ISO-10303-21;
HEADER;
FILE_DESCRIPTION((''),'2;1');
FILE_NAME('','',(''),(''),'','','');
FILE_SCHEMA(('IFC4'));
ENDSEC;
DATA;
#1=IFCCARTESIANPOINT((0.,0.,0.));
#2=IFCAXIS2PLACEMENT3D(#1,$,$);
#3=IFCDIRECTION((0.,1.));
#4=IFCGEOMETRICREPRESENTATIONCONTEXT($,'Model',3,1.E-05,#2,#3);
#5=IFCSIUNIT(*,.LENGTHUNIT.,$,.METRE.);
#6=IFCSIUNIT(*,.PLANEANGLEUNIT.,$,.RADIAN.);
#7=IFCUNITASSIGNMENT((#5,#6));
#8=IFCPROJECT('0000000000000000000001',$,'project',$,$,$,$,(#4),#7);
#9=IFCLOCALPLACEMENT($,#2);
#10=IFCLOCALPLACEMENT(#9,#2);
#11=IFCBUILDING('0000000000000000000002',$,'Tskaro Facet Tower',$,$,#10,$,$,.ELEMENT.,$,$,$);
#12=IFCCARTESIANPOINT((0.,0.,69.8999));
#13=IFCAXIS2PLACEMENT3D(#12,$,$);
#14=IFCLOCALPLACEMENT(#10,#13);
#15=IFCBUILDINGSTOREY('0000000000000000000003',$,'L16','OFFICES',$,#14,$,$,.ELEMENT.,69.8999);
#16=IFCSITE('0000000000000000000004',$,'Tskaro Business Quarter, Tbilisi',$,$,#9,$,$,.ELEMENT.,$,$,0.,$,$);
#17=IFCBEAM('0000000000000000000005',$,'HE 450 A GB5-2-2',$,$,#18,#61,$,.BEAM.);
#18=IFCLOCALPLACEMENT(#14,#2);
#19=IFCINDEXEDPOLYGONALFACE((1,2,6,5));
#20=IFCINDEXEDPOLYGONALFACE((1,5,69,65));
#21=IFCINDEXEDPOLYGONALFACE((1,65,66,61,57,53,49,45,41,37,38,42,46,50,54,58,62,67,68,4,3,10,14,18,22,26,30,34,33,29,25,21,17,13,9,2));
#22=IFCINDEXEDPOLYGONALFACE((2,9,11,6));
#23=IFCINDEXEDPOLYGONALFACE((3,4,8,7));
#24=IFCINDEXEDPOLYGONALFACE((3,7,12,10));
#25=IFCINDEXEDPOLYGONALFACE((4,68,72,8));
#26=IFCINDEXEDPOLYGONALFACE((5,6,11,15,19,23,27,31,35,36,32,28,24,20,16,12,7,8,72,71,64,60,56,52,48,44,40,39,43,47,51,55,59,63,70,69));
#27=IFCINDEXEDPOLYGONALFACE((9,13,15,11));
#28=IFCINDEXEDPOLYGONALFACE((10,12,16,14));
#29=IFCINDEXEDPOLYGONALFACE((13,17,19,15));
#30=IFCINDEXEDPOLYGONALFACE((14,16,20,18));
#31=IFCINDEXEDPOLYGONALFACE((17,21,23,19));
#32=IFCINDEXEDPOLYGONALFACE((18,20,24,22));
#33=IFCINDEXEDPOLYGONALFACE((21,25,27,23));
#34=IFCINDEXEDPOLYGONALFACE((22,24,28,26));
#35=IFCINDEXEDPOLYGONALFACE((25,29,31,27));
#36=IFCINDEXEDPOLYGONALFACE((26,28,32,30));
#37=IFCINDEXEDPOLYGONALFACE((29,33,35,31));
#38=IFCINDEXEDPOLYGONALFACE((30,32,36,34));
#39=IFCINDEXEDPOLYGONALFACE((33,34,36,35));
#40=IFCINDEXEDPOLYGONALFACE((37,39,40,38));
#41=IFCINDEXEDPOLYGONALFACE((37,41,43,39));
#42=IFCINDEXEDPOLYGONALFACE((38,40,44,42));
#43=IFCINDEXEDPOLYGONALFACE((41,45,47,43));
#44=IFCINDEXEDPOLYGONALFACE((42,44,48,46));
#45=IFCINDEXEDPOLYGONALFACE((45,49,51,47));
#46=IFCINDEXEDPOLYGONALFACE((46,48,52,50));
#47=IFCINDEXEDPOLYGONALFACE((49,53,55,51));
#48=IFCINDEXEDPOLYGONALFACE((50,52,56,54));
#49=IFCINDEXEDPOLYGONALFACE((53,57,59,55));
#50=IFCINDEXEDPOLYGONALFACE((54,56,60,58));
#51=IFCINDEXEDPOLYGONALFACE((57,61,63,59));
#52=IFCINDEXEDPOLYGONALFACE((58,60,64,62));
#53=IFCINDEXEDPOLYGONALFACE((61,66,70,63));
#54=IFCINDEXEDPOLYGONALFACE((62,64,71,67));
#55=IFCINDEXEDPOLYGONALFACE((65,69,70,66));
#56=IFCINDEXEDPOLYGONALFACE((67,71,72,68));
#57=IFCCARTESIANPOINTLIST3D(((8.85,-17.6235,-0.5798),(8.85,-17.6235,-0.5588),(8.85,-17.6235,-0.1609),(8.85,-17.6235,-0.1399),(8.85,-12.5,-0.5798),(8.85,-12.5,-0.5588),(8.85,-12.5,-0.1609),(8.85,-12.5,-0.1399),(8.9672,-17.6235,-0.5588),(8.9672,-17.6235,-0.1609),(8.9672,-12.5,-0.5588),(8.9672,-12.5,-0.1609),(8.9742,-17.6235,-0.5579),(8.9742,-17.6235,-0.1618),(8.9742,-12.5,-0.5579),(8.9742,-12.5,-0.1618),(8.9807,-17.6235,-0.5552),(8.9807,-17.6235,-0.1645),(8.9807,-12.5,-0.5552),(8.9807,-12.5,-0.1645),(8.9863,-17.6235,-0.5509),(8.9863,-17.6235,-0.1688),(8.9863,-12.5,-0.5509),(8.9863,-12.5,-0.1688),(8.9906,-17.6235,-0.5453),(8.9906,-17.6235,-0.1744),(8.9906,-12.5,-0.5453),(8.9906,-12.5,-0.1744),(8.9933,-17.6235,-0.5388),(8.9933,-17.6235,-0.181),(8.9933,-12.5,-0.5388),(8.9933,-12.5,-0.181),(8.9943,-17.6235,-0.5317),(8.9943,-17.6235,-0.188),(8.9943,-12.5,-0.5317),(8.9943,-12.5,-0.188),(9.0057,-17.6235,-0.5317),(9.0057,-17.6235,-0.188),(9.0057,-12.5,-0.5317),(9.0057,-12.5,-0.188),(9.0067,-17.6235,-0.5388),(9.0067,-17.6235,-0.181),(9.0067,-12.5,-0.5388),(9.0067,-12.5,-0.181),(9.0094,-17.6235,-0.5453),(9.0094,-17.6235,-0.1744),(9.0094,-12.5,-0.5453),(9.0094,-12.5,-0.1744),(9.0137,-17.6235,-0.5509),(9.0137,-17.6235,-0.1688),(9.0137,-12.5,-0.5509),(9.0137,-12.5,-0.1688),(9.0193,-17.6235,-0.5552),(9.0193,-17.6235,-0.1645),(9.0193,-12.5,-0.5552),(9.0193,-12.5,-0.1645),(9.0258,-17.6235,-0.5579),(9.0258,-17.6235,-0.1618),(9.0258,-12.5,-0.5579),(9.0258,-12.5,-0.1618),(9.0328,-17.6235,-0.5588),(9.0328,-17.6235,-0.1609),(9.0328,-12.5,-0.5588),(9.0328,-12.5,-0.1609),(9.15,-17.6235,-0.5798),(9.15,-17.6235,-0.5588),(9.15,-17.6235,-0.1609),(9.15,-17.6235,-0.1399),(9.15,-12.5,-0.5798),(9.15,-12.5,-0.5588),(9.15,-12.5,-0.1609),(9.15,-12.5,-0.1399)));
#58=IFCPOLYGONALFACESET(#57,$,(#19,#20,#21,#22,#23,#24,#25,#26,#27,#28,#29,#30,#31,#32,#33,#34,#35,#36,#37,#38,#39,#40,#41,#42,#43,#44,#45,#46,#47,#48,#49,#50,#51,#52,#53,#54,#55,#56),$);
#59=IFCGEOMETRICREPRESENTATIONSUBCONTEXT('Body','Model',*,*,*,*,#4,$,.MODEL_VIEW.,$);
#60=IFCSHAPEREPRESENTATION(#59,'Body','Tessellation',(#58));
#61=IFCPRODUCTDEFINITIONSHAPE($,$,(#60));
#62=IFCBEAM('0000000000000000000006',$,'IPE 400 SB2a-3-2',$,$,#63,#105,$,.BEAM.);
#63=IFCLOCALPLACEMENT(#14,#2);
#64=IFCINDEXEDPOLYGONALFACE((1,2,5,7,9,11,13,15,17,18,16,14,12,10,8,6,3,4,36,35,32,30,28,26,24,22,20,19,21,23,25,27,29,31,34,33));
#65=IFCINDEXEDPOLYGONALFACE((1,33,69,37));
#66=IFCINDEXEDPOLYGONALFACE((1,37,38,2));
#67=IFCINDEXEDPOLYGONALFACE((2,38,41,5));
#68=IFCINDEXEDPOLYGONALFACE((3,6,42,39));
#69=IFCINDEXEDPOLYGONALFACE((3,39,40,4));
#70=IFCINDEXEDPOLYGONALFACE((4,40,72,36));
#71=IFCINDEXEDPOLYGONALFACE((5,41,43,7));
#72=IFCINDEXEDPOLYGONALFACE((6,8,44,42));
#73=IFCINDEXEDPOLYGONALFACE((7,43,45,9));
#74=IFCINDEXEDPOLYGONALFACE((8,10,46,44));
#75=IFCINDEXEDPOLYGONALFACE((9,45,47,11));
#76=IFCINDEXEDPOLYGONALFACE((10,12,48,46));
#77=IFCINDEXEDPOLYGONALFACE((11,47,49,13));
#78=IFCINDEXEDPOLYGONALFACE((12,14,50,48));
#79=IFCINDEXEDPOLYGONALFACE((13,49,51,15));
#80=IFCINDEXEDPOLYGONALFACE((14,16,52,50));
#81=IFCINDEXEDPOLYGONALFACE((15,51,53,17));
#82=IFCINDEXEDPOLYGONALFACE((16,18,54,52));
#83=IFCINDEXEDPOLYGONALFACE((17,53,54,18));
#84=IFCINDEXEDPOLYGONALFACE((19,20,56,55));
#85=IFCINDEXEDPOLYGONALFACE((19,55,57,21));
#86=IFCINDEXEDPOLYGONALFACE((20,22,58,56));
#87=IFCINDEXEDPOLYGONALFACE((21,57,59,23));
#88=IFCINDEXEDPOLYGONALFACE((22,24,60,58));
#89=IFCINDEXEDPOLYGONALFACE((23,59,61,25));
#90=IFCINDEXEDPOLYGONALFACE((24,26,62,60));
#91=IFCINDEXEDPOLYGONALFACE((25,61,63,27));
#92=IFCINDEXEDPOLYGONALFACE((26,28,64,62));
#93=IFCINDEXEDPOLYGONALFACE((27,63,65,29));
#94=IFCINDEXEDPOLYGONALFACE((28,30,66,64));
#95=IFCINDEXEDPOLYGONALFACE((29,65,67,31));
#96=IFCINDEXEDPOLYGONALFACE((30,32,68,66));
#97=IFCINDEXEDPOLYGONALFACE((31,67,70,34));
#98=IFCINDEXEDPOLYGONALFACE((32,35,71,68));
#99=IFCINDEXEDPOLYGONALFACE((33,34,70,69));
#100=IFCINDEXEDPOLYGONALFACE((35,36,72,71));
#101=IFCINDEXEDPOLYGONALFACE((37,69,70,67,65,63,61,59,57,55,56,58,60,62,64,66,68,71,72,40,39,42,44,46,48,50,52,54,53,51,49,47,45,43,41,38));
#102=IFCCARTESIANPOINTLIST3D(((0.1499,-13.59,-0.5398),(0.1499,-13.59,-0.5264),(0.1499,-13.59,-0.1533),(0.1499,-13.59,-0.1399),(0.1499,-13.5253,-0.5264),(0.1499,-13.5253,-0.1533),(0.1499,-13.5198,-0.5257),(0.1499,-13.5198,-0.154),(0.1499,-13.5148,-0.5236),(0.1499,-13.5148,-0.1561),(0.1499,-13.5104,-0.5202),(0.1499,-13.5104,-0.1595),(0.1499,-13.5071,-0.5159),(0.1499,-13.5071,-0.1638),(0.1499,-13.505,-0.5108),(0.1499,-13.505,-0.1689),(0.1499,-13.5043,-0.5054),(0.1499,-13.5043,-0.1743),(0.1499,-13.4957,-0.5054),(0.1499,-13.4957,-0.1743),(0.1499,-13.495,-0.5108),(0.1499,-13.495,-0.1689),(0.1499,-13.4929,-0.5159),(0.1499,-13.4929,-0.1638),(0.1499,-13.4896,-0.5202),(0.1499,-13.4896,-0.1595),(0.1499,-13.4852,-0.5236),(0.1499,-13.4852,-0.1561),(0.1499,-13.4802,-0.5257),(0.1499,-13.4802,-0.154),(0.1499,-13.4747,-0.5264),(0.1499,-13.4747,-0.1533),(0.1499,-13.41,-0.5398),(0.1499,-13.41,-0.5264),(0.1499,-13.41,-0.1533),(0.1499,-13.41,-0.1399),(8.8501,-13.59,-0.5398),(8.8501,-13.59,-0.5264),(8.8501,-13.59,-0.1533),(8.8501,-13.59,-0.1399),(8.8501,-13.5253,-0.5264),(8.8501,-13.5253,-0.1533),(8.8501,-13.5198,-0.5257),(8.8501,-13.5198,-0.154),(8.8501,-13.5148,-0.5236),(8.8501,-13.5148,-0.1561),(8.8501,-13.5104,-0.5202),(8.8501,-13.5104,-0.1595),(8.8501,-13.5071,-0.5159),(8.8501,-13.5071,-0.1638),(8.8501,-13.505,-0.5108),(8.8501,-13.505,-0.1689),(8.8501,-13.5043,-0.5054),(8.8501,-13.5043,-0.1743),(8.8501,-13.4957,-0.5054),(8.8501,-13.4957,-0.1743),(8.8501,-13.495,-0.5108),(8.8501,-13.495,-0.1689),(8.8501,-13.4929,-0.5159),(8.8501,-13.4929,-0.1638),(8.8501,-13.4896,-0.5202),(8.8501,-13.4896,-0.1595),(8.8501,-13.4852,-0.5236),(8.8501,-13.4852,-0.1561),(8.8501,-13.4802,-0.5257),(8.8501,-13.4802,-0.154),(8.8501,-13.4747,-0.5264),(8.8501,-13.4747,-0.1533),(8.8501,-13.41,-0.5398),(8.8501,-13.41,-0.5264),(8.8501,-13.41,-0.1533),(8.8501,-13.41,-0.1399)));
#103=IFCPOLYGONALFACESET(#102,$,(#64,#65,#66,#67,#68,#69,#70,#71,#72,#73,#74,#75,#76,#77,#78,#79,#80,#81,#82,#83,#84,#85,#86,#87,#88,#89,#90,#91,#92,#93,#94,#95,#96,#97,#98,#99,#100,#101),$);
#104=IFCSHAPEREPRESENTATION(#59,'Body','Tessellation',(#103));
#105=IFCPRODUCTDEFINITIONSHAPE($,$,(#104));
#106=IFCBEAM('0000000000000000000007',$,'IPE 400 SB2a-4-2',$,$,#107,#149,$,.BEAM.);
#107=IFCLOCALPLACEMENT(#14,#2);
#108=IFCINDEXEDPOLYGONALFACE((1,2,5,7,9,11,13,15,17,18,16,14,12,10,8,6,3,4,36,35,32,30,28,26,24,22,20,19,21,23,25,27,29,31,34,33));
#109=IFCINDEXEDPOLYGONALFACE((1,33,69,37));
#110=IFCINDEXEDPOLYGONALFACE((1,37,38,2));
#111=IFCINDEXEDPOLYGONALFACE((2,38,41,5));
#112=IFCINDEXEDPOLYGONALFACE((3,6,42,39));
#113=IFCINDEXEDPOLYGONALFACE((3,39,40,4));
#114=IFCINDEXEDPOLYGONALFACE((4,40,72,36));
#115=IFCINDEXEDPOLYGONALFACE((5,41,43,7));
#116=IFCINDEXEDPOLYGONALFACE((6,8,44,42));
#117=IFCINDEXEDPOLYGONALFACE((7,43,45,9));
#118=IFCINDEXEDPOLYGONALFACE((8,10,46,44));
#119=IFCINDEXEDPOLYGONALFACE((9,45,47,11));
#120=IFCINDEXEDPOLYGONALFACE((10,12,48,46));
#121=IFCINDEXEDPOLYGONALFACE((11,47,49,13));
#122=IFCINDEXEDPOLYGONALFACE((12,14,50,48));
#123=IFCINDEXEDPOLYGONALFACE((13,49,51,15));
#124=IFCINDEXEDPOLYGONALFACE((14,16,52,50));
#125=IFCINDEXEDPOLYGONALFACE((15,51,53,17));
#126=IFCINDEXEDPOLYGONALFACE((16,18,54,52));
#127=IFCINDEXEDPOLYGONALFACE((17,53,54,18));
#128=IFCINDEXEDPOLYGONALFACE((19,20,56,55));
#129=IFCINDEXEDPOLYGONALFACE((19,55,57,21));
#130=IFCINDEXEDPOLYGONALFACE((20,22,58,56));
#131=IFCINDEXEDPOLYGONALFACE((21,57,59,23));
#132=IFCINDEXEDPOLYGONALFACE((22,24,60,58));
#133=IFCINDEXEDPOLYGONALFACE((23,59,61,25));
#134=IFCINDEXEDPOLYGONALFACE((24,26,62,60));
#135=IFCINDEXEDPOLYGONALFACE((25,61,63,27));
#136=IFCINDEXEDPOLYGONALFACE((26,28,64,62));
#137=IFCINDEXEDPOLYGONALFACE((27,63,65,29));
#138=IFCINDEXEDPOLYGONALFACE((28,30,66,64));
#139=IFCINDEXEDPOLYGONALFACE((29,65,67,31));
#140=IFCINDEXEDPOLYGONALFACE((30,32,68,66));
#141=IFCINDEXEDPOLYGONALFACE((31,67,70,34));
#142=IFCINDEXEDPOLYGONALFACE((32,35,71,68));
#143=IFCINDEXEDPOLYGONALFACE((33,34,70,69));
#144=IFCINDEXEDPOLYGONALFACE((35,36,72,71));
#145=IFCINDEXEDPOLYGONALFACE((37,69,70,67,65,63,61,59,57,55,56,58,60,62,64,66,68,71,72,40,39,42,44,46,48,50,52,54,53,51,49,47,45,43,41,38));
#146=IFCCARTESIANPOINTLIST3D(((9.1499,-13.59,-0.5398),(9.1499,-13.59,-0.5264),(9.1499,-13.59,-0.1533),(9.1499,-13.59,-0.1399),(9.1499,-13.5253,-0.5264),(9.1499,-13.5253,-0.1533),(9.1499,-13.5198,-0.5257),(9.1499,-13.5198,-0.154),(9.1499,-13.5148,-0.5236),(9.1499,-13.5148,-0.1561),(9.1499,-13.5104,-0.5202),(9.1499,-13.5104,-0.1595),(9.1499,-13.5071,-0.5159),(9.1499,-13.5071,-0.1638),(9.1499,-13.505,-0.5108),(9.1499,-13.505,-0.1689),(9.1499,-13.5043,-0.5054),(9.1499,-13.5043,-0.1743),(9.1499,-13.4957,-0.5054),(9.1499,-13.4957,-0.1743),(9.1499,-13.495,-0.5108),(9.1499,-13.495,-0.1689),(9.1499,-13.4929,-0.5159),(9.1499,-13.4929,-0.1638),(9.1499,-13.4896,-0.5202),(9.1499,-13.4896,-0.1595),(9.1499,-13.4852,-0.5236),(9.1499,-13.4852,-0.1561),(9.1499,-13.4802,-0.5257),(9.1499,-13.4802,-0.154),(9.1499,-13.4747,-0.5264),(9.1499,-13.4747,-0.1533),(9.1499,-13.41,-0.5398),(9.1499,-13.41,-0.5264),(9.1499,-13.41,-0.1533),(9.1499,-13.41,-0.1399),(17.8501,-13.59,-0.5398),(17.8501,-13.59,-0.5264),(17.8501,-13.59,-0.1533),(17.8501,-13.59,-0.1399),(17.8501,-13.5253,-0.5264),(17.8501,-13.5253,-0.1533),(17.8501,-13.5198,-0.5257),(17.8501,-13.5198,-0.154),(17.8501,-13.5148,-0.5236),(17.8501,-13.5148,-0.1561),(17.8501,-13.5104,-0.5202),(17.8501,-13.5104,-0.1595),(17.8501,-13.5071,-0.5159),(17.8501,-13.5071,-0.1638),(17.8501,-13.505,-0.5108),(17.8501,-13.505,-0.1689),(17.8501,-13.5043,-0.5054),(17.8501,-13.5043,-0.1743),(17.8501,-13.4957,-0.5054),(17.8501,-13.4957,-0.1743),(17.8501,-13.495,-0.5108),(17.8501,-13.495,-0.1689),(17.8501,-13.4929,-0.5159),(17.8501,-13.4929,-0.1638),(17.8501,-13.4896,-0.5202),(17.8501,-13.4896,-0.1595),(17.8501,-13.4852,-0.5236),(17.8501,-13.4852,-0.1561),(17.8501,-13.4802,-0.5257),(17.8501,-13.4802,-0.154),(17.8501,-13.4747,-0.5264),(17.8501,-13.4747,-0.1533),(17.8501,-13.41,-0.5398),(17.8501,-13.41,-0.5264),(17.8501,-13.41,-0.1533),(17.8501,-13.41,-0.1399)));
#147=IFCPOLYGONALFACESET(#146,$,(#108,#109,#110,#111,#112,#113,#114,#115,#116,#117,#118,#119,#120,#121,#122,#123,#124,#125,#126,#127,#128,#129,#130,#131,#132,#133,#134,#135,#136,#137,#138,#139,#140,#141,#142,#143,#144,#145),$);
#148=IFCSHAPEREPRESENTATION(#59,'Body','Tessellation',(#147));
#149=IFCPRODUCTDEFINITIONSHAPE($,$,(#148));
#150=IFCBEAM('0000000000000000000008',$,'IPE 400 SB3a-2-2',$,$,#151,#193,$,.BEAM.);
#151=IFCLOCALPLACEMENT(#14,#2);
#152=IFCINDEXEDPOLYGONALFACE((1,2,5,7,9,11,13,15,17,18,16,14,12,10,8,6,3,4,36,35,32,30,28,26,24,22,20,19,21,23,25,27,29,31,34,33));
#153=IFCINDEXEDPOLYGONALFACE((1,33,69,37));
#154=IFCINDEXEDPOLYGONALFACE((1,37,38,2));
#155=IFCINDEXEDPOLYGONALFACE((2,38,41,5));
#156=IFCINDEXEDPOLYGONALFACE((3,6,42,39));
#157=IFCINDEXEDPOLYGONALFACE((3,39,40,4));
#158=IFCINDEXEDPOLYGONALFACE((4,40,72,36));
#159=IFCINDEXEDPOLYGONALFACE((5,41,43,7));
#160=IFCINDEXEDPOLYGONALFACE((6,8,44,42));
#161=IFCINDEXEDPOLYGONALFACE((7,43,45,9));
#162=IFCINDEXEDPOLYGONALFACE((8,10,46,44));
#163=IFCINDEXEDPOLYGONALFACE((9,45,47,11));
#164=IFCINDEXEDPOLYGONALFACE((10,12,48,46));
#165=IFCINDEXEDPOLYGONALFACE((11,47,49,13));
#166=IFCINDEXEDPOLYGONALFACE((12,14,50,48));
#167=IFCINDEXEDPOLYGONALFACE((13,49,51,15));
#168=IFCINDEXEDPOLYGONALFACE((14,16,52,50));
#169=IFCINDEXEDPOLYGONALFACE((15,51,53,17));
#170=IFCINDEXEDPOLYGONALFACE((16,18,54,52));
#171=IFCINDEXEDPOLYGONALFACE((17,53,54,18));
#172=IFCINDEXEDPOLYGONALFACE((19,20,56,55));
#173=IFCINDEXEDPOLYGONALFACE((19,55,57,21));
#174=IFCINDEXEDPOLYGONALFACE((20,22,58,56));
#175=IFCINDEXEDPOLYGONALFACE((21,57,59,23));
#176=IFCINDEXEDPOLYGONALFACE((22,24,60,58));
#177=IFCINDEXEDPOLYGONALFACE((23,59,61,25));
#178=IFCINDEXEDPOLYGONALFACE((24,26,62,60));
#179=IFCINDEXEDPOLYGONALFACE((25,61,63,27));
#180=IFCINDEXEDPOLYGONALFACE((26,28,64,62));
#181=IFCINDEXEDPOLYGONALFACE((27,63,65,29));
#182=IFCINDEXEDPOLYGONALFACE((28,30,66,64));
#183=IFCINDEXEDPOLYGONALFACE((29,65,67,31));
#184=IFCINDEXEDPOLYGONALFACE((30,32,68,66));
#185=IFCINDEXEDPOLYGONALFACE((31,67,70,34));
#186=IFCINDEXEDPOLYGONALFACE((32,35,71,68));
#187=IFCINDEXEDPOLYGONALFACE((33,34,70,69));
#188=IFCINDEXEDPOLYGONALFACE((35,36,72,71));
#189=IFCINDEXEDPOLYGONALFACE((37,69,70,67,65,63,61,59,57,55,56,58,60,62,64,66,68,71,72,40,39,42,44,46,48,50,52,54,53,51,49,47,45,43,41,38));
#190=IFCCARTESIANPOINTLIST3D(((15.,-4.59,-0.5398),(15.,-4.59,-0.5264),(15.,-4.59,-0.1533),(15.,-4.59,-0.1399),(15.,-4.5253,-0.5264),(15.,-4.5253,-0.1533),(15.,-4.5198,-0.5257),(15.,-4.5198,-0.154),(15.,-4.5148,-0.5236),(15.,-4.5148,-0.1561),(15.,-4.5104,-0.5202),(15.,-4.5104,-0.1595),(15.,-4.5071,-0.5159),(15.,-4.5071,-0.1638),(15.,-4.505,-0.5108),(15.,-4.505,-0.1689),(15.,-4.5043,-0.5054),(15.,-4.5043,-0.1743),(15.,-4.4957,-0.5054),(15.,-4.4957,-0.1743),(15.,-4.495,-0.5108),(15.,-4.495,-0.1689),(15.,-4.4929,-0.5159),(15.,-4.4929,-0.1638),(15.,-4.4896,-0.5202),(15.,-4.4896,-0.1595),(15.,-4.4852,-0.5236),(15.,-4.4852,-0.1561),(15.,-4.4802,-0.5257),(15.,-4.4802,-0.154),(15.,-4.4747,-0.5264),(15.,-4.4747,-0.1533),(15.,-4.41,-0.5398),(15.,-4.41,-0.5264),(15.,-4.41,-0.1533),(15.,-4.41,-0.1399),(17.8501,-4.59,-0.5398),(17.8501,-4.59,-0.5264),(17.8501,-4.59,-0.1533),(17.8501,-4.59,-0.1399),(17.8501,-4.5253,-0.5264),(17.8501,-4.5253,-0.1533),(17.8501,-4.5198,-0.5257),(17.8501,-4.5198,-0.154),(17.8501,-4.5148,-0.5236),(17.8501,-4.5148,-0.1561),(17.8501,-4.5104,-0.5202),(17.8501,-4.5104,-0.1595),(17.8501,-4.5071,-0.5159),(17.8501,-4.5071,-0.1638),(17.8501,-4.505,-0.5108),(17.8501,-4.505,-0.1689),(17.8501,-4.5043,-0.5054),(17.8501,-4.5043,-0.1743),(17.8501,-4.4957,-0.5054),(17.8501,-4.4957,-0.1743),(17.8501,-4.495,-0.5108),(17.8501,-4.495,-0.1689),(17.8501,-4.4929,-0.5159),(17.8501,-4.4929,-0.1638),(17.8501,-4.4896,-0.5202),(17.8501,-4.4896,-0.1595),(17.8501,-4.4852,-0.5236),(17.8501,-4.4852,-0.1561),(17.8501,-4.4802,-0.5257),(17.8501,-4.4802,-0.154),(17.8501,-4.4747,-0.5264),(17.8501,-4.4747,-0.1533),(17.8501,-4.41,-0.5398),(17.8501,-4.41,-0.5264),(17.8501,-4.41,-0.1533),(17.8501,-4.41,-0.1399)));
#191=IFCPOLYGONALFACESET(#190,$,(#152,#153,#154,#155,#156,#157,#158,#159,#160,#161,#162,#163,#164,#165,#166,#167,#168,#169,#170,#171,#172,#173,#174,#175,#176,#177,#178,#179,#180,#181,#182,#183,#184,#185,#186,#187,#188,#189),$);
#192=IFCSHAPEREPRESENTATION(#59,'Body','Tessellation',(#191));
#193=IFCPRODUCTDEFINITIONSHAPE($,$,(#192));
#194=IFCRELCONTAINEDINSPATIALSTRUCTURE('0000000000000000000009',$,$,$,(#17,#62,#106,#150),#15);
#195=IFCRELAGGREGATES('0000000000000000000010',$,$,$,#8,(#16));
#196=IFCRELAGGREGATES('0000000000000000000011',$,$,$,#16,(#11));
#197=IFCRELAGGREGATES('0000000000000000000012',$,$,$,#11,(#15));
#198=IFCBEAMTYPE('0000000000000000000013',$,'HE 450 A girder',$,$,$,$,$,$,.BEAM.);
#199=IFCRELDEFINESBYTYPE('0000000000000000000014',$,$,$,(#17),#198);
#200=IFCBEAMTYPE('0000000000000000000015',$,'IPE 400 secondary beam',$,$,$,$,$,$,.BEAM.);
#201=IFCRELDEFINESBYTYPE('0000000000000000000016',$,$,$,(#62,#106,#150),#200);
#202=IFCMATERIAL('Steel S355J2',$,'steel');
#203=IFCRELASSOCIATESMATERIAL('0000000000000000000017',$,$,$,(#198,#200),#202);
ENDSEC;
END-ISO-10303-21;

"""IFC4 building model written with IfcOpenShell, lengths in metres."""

from ifc_helpers import new_model, si_unit, direction, frame, origin, origin_2d, place, context, subcontext, project, spatial, i_section, extrude, material, material_profile, profile_set, type_object, element, save


model = new_model("IFC4")

# Units and contexts
model_context = context("Model", 3, precision=1e-05, world=origin(), true_north=direction((0.0, 1.0)))
body_context = subcontext(model_context, "Body", "Model", "MODEL_VIEW")
ifc_project = project(units=[si_unit("LENGTHUNIT", "METRE"), si_unit("PLANEANGLEUNIT", "RADIAN")], contexts=[model_context])

# Site, building, storey
site_placement = place(None, origin())
site = spatial("IfcSite", under=ifc_project, at=site_placement, Name="Tskaro Business Quarter, Tbilisi", CompositionType="ELEMENT", RefElevation=0.0)
building_placement = place(site_placement, origin())
building = spatial("IfcBuilding", under=site, at=building_placement, Name="Tskaro Facet Tower", CompositionType="ELEMENT")
storey_placement = place(building_placement, frame((0.0, 0.0, 69.8999)))
storey = spatial("IfcBuildingStorey", under=building, at=storey_placement, Name="L16", Description="OFFICES", CompositionType="ELEMENT", Elevation=69.8999)

# Beams
ifc_material_1 = material(Name="Steel S355J2", Category="steel")
ifc_material_profile_1 = material_profile(ifc_material_1, i_section(OverallWidth=0.3, OverallDepth=0.4399, WebThickness=0.0115, FlangeThickness=0.021, FilletRadius=0.0271, at=origin_2d()), Name="HE 450 A")
ifc_profile_set_1 = profile_set([ifc_material_profile_1], Name="Steel S355J2")
beam_type_1 = type_object("IfcBeamType", Name="HE 450 A girder", PredefinedType="BEAM", material=ifc_profile_set_1)
beam_1_placement = place(storey_placement, frame((9.0, -17.6235, -0.3599), z_axis=(0.0, 1.0, 0.0), x_axis=(-1.0, 0.0, 0.0)))
element("IfcBeam", 1, at=beam_1_placement, inside=storey, type_object=beam_type_1, Name="HE 450 A GB5-2-2", PredefinedType="BEAM", context=body_context, shape_type="SweptSolid", body=[
    extrude(i_section(OverallWidth=0.3, OverallDepth=0.4399, WebThickness=0.0115, FlangeThickness=0.021, FilletRadius=0.0271, at=origin_2d()), origin(), (0.0, 0.0, 1.0), 5.1235),
])
ifc_material_profile_2 = material_profile(ifc_material_1, i_section(OverallWidth=0.1799, OverallDepth=0.3999, WebThickness=0.0085, FlangeThickness=0.0134, FilletRadius=0.021, at=origin_2d()), Name="IPE 400")
ifc_profile_set_2 = profile_set([ifc_material_profile_2], Name="Steel S355J2")
beam_type_2 = type_object("IfcBeamType", Name="IPE 400 secondary beam", PredefinedType="BEAM", material=ifc_profile_set_2)
for number, where, z_axis, x_axis, name in (
    (2, (0.1499, -13.5, -0.3398), (1.0, 0.0, 0.0), (0.0, 1.0, 0.0), "IPE 400 SB2a-3-2"),
    (3, (9.1499, -13.5, -0.3398), (1.0, 0.0, 0.0), (0.0, 1.0, 0.0), "IPE 400 SB2a-4-2"),
):
    element("IfcBeam", number, at=place(storey_placement, frame(where, z_axis=z_axis, x_axis=x_axis)), inside=storey, type_object=beam_type_2, Name=name, PredefinedType="BEAM", context=body_context, shape_type="SweptSolid", body=[
        extrude(i_section(OverallWidth=0.1799, OverallDepth=0.3999, WebThickness=0.0085, FlangeThickness=0.0134, FilletRadius=0.021, at=origin_2d()), origin(), (0.0, 0.0, 1.0), 8.7002),
    ])
beam_2_placement = place(storey_placement, frame((15.0, -4.5, -0.3398), z_axis=(1.0, 0.0, 0.0), x_axis=(0.0, 1.0, 0.0)))
element("IfcBeam", 4, at=beam_2_placement, inside=storey, type_object=beam_type_2, Name="IPE 400 SB3a-2-2", PredefinedType="BEAM", context=body_context, shape_type="SweptSolid", body=[
    extrude(i_section(OverallWidth=0.1799, OverallDepth=0.3999, WebThickness=0.0085, FlangeThickness=0.0134, FilletRadius=0.021, at=origin_2d()), origin(), (0.0, 0.0, 1.0), 2.8501),
])

save(model, "model.ifc")
